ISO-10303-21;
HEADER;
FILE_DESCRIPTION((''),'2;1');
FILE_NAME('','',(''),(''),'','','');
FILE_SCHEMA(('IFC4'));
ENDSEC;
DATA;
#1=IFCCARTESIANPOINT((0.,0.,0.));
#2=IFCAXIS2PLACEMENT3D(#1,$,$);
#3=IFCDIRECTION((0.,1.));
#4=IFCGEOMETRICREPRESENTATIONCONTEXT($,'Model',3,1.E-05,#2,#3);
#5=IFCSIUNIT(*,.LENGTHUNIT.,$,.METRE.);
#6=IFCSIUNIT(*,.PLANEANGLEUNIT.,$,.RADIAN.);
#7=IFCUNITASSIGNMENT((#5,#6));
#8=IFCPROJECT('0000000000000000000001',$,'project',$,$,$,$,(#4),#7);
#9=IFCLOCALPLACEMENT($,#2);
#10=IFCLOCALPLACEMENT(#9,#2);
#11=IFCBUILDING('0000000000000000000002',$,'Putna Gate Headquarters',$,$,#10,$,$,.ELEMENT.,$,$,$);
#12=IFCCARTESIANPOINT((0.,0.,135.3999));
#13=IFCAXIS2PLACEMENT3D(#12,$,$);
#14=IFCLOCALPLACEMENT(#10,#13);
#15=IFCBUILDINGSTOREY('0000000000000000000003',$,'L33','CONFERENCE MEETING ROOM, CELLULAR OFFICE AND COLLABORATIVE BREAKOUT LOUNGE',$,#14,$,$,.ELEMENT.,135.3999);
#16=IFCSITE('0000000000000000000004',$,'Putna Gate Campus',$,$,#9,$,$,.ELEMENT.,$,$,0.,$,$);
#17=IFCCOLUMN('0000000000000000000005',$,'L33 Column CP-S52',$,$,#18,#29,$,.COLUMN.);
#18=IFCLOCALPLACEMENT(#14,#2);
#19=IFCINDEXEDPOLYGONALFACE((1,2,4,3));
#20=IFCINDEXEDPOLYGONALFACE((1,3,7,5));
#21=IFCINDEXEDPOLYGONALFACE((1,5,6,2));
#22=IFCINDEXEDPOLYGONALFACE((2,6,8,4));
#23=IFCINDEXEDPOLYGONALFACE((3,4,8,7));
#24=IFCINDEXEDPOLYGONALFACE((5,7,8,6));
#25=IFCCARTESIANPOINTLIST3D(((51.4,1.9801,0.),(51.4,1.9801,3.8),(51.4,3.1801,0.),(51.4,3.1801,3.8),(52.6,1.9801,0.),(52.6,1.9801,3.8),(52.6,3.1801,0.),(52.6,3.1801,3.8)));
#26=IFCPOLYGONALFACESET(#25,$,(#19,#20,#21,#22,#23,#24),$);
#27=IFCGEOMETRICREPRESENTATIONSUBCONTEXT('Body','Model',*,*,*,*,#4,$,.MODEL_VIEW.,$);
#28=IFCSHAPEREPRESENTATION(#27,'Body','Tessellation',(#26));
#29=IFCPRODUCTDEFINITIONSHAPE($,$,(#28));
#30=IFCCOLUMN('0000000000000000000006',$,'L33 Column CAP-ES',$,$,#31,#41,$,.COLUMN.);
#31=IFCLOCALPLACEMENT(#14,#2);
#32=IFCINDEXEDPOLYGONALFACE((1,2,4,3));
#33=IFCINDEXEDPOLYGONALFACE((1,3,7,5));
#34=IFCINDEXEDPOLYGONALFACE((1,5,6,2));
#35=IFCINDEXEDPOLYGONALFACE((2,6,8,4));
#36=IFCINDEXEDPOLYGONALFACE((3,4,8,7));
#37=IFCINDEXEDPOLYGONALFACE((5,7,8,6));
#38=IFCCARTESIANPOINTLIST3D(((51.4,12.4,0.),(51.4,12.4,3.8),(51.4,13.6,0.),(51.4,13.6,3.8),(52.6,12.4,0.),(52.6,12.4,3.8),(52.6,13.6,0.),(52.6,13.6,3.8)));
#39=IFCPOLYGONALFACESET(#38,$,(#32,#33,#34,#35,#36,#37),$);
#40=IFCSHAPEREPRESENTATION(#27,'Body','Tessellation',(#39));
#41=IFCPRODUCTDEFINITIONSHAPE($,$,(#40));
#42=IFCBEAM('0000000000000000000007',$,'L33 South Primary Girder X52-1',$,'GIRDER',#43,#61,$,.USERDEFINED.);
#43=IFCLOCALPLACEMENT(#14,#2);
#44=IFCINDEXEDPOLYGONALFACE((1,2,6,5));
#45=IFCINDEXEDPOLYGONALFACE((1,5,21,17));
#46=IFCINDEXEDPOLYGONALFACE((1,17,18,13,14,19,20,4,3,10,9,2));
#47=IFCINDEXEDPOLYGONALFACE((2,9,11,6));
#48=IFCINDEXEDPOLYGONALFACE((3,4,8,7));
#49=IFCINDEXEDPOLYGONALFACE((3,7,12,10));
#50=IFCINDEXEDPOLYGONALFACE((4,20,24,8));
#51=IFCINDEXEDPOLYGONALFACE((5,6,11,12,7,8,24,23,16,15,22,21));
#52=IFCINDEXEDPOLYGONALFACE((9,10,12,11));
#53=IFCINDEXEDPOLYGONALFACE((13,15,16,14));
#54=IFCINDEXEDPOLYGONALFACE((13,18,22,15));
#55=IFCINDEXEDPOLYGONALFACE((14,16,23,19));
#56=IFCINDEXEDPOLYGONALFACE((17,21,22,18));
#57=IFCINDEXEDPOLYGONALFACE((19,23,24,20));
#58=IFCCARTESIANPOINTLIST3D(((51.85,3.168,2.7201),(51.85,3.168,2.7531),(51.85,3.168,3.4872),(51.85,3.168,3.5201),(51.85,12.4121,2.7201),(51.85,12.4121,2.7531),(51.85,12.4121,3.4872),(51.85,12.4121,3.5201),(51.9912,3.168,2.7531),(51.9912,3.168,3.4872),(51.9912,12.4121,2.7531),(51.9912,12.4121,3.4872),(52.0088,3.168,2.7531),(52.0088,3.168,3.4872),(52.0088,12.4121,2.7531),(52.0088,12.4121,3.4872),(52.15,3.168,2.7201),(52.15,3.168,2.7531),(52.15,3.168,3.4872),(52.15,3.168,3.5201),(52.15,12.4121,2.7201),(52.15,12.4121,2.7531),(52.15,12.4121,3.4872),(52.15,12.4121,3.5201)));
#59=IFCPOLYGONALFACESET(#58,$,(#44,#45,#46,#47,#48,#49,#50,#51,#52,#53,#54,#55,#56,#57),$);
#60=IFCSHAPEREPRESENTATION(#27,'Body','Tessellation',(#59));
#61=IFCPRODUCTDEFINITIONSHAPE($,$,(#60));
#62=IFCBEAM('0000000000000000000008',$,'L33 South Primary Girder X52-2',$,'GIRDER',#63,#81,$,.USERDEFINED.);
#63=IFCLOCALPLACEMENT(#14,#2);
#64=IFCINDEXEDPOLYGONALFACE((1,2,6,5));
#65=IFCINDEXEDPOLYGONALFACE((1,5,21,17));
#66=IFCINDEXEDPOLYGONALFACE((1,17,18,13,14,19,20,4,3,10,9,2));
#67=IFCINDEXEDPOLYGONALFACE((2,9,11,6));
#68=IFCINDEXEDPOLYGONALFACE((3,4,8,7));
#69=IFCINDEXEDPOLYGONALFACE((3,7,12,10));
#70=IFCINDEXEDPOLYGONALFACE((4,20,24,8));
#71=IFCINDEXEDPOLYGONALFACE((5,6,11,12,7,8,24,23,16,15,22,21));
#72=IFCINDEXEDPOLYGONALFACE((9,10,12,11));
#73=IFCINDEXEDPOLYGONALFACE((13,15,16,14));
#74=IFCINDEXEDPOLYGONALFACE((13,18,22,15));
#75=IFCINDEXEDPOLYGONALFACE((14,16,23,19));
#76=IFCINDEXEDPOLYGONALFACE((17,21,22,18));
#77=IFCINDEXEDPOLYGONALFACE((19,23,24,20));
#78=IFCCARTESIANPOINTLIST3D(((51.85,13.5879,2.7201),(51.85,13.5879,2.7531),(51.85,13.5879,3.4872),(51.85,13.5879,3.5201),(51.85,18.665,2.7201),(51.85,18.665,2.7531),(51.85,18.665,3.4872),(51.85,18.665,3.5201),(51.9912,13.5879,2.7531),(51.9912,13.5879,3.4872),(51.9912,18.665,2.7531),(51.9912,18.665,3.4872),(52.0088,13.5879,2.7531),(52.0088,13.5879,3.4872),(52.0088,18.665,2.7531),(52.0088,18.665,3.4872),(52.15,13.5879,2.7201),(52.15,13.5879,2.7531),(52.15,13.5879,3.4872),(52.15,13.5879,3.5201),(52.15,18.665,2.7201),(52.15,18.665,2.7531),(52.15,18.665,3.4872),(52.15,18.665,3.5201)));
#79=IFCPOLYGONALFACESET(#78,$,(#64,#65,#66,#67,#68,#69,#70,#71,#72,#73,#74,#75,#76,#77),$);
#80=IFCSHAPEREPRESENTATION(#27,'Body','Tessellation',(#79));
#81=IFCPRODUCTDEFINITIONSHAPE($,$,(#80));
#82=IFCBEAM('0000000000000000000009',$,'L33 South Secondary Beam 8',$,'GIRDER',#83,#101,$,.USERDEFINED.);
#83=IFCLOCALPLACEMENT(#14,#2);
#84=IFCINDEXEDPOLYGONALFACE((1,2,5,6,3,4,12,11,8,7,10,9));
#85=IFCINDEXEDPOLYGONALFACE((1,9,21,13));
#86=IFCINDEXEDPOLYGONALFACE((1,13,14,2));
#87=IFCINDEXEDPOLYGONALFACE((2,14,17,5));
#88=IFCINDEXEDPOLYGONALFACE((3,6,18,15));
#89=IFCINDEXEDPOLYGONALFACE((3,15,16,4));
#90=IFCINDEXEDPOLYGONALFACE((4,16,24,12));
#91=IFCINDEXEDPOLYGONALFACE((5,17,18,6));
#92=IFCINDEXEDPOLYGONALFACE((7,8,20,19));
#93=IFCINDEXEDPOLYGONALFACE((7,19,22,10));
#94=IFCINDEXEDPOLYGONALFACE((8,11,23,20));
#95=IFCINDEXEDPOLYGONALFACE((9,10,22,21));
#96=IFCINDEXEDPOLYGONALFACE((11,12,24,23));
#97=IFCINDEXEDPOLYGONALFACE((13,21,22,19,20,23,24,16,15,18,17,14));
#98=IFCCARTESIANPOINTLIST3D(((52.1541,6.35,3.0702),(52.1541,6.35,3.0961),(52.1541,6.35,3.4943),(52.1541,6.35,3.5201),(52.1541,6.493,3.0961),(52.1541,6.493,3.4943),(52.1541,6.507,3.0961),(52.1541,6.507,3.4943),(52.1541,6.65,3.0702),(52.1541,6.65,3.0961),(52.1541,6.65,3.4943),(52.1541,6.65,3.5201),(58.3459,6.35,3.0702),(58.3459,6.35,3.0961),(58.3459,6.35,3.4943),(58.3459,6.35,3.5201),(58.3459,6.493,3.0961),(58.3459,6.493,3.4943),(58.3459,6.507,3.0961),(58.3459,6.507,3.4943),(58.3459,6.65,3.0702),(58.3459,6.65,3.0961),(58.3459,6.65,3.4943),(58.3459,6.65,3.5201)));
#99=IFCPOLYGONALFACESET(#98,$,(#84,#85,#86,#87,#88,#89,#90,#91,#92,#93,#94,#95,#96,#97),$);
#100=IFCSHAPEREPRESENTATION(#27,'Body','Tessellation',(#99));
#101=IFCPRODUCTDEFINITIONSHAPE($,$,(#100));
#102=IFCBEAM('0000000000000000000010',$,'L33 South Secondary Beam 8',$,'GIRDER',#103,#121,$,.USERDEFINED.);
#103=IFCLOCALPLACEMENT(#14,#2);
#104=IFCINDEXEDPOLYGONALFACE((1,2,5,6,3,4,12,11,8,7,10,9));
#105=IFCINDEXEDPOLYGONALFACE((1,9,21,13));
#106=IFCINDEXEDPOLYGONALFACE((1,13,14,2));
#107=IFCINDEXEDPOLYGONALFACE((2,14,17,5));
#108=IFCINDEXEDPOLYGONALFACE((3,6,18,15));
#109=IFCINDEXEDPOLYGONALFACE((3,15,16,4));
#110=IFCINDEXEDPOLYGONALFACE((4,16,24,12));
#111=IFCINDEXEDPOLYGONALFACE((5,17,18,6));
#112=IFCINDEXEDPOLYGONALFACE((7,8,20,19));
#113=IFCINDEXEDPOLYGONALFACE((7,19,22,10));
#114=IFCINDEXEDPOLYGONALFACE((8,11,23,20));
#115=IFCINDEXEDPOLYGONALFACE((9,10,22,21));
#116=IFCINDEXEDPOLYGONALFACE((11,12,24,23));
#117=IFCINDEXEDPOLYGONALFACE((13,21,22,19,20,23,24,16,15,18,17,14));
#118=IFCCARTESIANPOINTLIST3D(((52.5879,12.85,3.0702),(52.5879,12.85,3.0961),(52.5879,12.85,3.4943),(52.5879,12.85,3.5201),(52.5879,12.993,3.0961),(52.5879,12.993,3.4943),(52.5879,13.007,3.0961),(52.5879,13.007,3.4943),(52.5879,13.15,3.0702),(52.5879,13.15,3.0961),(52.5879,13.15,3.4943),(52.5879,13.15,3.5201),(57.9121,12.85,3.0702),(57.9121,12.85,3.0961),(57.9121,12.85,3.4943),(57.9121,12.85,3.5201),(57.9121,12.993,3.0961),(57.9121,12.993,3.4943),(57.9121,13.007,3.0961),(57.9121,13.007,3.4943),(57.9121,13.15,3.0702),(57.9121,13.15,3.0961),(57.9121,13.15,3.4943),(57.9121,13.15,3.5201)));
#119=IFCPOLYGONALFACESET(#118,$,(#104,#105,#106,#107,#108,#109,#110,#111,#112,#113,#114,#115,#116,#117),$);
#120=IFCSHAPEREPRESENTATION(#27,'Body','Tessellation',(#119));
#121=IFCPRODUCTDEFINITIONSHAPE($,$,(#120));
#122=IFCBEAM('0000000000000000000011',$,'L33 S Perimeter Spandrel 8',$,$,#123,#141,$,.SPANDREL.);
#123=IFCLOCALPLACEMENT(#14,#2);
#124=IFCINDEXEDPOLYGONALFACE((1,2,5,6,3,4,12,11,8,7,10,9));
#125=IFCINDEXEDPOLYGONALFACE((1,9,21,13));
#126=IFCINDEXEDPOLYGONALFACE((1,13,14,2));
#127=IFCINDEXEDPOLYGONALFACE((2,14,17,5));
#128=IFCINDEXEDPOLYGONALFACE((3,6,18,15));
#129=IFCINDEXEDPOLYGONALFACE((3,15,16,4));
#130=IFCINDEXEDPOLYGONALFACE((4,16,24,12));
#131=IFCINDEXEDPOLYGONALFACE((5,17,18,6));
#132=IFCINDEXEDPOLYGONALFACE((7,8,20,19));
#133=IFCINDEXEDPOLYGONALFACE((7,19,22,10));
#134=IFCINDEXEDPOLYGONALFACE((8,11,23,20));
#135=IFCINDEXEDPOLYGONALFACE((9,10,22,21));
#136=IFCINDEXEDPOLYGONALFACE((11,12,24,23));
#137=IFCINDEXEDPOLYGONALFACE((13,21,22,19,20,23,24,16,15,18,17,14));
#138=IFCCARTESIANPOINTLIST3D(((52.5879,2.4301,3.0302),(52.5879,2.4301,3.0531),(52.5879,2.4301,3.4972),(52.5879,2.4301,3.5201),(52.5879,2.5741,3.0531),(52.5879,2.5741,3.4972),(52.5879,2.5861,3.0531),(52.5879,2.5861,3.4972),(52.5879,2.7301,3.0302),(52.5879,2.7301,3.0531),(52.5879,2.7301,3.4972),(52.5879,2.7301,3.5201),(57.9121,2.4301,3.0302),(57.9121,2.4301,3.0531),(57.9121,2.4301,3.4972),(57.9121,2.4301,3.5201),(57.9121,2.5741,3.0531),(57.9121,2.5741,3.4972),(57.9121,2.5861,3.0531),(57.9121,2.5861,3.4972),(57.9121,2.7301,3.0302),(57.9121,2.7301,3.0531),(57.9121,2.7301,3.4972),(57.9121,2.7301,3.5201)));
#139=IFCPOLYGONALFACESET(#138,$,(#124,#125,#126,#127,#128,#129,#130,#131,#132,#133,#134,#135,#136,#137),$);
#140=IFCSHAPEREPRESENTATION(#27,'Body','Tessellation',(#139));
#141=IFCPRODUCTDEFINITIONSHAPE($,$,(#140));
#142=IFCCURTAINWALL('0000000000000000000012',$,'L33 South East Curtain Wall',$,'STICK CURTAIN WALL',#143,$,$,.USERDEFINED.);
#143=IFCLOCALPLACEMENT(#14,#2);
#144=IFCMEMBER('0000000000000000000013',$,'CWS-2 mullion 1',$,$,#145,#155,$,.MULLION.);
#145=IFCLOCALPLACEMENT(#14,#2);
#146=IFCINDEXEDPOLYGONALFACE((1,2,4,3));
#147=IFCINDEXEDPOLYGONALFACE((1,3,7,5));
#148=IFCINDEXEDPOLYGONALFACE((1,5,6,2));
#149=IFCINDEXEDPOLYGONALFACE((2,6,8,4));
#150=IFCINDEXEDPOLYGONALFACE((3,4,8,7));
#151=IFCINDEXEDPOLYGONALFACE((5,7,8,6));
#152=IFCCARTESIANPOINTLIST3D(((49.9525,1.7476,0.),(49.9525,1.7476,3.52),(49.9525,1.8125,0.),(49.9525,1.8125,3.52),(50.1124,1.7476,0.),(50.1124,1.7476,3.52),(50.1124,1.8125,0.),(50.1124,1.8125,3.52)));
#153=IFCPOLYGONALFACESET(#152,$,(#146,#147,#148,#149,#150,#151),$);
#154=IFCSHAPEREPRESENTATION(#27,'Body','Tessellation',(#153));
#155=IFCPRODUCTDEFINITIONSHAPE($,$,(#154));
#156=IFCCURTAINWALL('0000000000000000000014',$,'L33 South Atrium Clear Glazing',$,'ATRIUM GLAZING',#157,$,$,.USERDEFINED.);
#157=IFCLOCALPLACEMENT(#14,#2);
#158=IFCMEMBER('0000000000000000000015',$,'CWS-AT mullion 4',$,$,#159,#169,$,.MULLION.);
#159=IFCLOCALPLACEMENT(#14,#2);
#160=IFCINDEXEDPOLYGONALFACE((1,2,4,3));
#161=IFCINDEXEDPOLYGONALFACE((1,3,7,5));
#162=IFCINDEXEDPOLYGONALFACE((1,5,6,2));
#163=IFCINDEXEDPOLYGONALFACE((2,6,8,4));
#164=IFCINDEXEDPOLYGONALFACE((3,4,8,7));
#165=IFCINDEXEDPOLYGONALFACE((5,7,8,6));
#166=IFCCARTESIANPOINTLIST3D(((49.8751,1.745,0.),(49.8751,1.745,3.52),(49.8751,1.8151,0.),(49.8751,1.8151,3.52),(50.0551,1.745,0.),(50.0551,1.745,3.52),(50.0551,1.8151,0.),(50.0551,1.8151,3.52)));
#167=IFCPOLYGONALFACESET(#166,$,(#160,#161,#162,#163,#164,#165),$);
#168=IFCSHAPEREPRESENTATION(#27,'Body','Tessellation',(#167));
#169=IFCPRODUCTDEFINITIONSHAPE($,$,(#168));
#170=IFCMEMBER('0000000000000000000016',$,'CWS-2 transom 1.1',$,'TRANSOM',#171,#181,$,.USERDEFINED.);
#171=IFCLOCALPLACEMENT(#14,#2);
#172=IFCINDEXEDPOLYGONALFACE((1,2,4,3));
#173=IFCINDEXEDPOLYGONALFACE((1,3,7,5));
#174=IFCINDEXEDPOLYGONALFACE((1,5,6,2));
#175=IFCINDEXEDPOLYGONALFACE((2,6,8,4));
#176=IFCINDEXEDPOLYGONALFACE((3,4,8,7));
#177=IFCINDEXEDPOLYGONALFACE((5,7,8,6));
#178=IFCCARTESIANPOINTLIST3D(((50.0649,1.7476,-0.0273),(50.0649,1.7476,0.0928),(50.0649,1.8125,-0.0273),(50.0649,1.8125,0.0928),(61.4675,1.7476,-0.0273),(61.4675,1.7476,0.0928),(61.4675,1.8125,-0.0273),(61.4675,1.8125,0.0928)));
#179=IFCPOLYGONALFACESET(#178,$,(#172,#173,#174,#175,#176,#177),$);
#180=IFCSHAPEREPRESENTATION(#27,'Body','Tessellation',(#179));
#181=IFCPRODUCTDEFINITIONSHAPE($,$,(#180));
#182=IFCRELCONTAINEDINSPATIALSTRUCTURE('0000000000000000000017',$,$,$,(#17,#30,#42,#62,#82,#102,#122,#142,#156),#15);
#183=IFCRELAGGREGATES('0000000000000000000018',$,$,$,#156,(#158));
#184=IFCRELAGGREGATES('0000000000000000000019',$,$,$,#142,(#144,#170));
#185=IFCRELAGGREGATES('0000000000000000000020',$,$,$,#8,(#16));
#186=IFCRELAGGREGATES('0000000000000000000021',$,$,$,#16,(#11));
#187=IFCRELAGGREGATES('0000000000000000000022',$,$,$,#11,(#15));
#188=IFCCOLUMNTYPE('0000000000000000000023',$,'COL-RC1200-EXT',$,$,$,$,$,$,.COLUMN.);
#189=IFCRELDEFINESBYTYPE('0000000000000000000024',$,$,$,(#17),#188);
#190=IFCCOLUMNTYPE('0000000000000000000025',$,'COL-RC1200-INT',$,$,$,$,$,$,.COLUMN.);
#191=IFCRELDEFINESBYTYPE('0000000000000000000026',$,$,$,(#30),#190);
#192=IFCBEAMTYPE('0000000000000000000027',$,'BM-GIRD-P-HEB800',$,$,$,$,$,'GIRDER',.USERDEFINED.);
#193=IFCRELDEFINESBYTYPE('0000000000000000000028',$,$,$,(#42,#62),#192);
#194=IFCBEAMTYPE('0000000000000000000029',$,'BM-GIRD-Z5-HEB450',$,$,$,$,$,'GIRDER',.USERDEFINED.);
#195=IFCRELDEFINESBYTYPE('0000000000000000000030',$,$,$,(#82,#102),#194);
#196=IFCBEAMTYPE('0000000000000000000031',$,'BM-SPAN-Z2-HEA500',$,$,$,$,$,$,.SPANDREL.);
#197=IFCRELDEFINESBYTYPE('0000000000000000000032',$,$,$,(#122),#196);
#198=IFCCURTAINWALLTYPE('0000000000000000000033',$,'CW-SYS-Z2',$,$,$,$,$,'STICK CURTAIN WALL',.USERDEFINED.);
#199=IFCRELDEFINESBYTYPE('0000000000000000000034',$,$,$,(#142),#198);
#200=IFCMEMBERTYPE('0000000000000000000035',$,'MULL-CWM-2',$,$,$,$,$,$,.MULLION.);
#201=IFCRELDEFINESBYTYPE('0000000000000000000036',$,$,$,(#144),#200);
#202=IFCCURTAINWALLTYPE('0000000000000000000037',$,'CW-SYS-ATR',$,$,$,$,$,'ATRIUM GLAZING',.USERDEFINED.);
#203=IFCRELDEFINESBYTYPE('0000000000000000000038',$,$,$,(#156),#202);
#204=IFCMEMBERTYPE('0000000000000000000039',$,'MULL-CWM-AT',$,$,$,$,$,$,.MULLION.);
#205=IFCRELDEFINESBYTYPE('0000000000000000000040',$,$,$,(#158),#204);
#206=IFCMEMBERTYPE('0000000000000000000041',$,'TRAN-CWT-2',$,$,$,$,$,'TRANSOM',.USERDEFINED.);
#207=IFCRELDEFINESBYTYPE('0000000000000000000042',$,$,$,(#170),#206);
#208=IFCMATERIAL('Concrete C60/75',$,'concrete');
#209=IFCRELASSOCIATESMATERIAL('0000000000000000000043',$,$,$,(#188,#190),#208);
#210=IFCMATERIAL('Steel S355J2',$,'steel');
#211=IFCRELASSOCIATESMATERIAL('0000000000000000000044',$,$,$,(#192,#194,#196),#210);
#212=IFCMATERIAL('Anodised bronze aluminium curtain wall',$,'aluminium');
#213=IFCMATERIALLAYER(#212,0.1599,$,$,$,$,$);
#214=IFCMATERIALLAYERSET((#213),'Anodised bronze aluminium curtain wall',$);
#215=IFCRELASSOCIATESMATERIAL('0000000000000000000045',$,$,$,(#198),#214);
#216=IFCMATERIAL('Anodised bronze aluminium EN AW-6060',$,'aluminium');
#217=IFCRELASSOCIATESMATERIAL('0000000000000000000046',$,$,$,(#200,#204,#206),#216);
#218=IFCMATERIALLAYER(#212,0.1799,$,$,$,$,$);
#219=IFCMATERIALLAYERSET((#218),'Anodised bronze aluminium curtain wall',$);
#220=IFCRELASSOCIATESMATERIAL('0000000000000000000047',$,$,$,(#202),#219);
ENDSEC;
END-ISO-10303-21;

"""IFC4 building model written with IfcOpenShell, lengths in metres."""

from ifc_helpers import new_model, si_unit, direction, frame, origin, origin_2d, place, context, subcontext, project, spatial, rectangle, i_section, extrude, material, layer, layer_set, material_profile, profile_set, type_object, element, aggregate, save


model = new_model("IFC4")

# Units and contexts
model_context = context("Model", 3, precision=1e-05, world=origin(), true_north=direction((0.0, 1.0)))
body_context = subcontext(model_context, "Body", "Model", "MODEL_VIEW")
ifc_project = project(units=[si_unit("LENGTHUNIT", "METRE"), si_unit("PLANEANGLEUNIT", "RADIAN")], contexts=[model_context])

# Site, building, storey
site_placement = place(None, origin())
site = spatial("IfcSite", under=ifc_project, at=site_placement, Name="Putna Gate Campus", CompositionType="ELEMENT", RefElevation=0.0)
building_placement = place(site_placement, origin())
building = spatial("IfcBuilding", under=site, at=building_placement, Name="Putna Gate Headquarters", CompositionType="ELEMENT")
storey_placement = place(building_placement, frame((0.0, 0.0, 135.3999)))
storey = spatial("IfcBuildingStorey", under=building, at=storey_placement, Name="L33", Description="CONFERENCE MEETING ROOM, CELLULAR OFFICE AND COLLABORATIVE BREAKOUT LOUNGE", CompositionType="ELEMENT", Elevation=135.3999)

# Columns
ifc_material_1 = material(Name="Concrete C60/75", Category="concrete")
ifc_material_profile_1 = material_profile(ifc_material_1, rectangle(XDim=1.2, YDim=1.2, at=origin_2d()), Name="Concrete C60/75")
ifc_profile_set_1 = profile_set([ifc_material_profile_1], Name="Concrete C60/75")
column_type_1 = type_object("IfcColumnType", Name="COL-RC1200-EXT", PredefinedType="COLUMN", material=ifc_profile_set_1)
column_1_placement = place(storey_placement, frame((52.0, 2.5801, 0.0), z_axis=(0.0, 0.0, 1.0), x_axis=(1.0, 0.0, 0.0)))
element("IfcColumn", 1, at=column_1_placement, inside=storey, type_object=column_type_1, Name="L33 Column CP-S52", PredefinedType="COLUMN", context=body_context, shape_type="SweptSolid", body=[
    extrude(rectangle(XDim=1.2, YDim=1.2, at=origin_2d()), origin(), (0.0, 0.0, 1.0), 3.8),
])
ifc_material_profile_2 = material_profile(ifc_material_1, rectangle(XDim=1.2, YDim=1.2, at=origin_2d()), Name="Concrete C60/75")
ifc_profile_set_2 = profile_set([ifc_material_profile_2], Name="Concrete C60/75")
column_type_2 = type_object("IfcColumnType", Name="COL-RC1200-INT", PredefinedType="COLUMN", material=ifc_profile_set_2)
column_2_placement = place(storey_placement, frame((52.0, 13.0, 0.0), z_axis=(0.0, 0.0, 1.0), x_axis=(1.0, 0.0, 0.0)))
element("IfcColumn", 2, at=column_2_placement, inside=storey, type_object=column_type_2, Name="L33 Column CAP-ES", PredefinedType="COLUMN", context=body_context, shape_type="SweptSolid", body=[
    extrude(rectangle(XDim=1.2, YDim=1.2, at=origin_2d()), origin(), (0.0, 0.0, 1.0), 3.8),
])

# Beams
ifc_material_2 = material(Name="Steel S355J2", Category="steel")
ifc_material_profile_3 = material_profile(ifc_material_2, i_section(OverallWidth=0.3, OverallDepth=0.8, WebThickness=0.0176, FlangeThickness=0.033, at=origin_2d()), Name="Steel S355J2")
ifc_profile_set_3 = profile_set([ifc_material_profile_3], Name="Steel S355J2")
beam_type_1 = type_object("IfcBeamType", Name="BM-GIRD-P-HEB800", ElementType="GIRDER", PredefinedType="USERDEFINED", material=ifc_profile_set_3)
beam_1_placement = place(storey_placement, frame((52.0, 3.168, 3.1201), z_axis=(0.0, 1.0, 0.0), x_axis=(-1.0, 0.0, 0.0)))
element("IfcBeam", 3, at=beam_1_placement, inside=storey, type_object=beam_type_1, Name="L33 South Primary Girder X52-1", ObjectType="GIRDER", PredefinedType="USERDEFINED", context=body_context, shape_type="SweptSolid", body=[
    extrude(i_section(OverallWidth=0.3, OverallDepth=0.8, WebThickness=0.0176, FlangeThickness=0.033, at=origin_2d()), origin(), (0.0, 0.0, 1.0), 9.2441),
])
beam_2_placement = place(storey_placement, frame((52.0, 13.5879, 3.1201), z_axis=(0.0, 1.0, 0.0), x_axis=(-1.0, 0.0, 0.0)))
element("IfcBeam", 4, at=beam_2_placement, inside=storey, type_object=beam_type_1, Name="L33 South Primary Girder X52-2", ObjectType="GIRDER", PredefinedType="USERDEFINED", context=body_context, shape_type="SweptSolid", body=[
    extrude(i_section(OverallWidth=0.3, OverallDepth=0.8, WebThickness=0.0176, FlangeThickness=0.033, at=origin_2d()), origin(), (0.0, 0.0, 1.0), 5.0771),
])
ifc_material_profile_4 = material_profile(ifc_material_2, i_section(OverallWidth=0.3, OverallDepth=0.45, WebThickness=0.0139, FlangeThickness=0.0259, at=origin_2d()), Name="Steel S355J2")
ifc_profile_set_4 = profile_set([ifc_material_profile_4], Name="Steel S355J2")
beam_type_2 = type_object("IfcBeamType", Name="BM-GIRD-Z5-HEB450", ElementType="GIRDER", PredefinedType="USERDEFINED", material=ifc_profile_set_4)
beam_3_placement = place(storey_placement, frame((52.1541, 6.5, 3.2952), z_axis=(1.0, 0.0, 0.0), x_axis=(0.0, 1.0, 0.0)))
element("IfcBeam", 5, at=beam_3_placement, inside=storey, type_object=beam_type_2, Name="L33 South Secondary Beam 8", ObjectType="GIRDER", PredefinedType="USERDEFINED", context=body_context, shape_type="SweptSolid", body=[
    extrude(i_section(OverallWidth=0.3, OverallDepth=0.45, WebThickness=0.0139, FlangeThickness=0.0259, at=origin_2d()), origin(), (0.0, 0.0, 1.0), 6.1919),
])
beam_4_placement = place(storey_placement, frame((52.5879, 13.0, 3.2952), z_axis=(1.0, 0.0, 0.0), x_axis=(0.0, 1.0, 0.0)))
element("IfcBeam", 6, at=beam_4_placement, inside=storey, type_object=beam_type_2, Name="L33 South Secondary Beam 8", ObjectType="GIRDER", PredefinedType="USERDEFINED", context=body_context, shape_type="SweptSolid", body=[
    extrude(i_section(OverallWidth=0.3, OverallDepth=0.45, WebThickness=0.0139, FlangeThickness=0.0259, at=origin_2d()), origin(), (0.0, 0.0, 1.0), 5.3242),
])
ifc_material_profile_5 = material_profile(ifc_material_2, i_section(OverallWidth=0.3, OverallDepth=0.49, WebThickness=0.012, FlangeThickness=0.0229, at=origin_2d()), Name="Steel S355J2")
ifc_profile_set_5 = profile_set([ifc_material_profile_5], Name="Steel S355J2")
beam_type_3 = type_object("IfcBeamType", Name="BM-SPAN-Z2-HEA500", PredefinedType="SPANDREL", material=ifc_profile_set_5)
beam_5_placement = place(storey_placement, frame((52.5879, 2.5801, 3.2751), z_axis=(1.0, 0.0, 0.0), x_axis=(0.0, 1.0, 0.0)))
element("IfcBeam", 7, at=beam_5_placement, inside=storey, type_object=beam_type_3, Name="L33 S Perimeter Spandrel 8", PredefinedType="SPANDREL", context=body_context, shape_type="SweptSolid", body=[
    extrude(i_section(OverallWidth=0.3, OverallDepth=0.49, WebThickness=0.012, FlangeThickness=0.0229, at=origin_2d()), origin(), (0.0, 0.0, 1.0), 5.3242),
])

# Curtain walls, members
ifc_material_3 = material(Name="Anodised bronze aluminium curtain wall", Category="aluminium")
ifc_layer_1 = layer(ifc_material_3, 0.1599)
ifc_layer_set_1 = layer_set([ifc_layer_1], Name="Anodised bronze aluminium curtain wall")
curtain_wall_type_1 = type_object("IfcCurtainWallType", Name="CW-SYS-Z2", ElementType="STICK CURTAIN WALL", PredefinedType="USERDEFINED", material=ifc_layer_set_1)
curtain_wall_1_placement = place(storey_placement, origin())
curtain_wall_1 = element("IfcCurtainWall", 8, at=curtain_wall_1_placement, inside=storey, type_object=curtain_wall_type_1, Name="L33 South East Curtain Wall", ObjectType="STICK CURTAIN WALL", PredefinedType="USERDEFINED")
ifc_material_4 = material(Name="Anodised bronze aluminium EN AW-6060", Category="aluminium")
ifc_material_profile_6 = material_profile(ifc_material_4, rectangle(XDim=0.0649, YDim=0.1599, at=origin_2d()), Name="Anodised bronze aluminium EN AW-6060")
ifc_profile_set_6 = profile_set([ifc_material_profile_6], Name="Anodised bronze aluminium EN AW-6060")
member_type_1 = type_object("IfcMemberType", Name="MULL-CWM-2", PredefinedType="MULLION", material=ifc_profile_set_6)
member_1_placement = place(storey_placement, frame((50.0325, 1.78, 0.0), z_axis=(0.0, 0.0, 1.0), x_axis=(0.0, 1.0, 0.0)))
member_1 = element("IfcMember", 9, at=member_1_placement, type_object=member_type_1, Name="CWS-2 mullion 1", PredefinedType="MULLION", context=body_context, shape_type="SweptSolid", body=[
    extrude(rectangle(XDim=0.0649, YDim=0.1599, at=origin_2d()), origin(), (0.0, 0.0, 1.0), 3.52),
])
ifc_layer_2 = layer(ifc_material_3, 0.1799)
ifc_layer_set_2 = layer_set([ifc_layer_2], Name="Anodised bronze aluminium curtain wall")
curtain_wall_type_2 = type_object("IfcCurtainWallType", Name="CW-SYS-ATR", ElementType="ATRIUM GLAZING", PredefinedType="USERDEFINED", material=ifc_layer_set_2)
curtain_wall_2_placement = place(storey_placement, origin())
curtain_wall_2 = element("IfcCurtainWall", 10, at=curtain_wall_2_placement, inside=storey, type_object=curtain_wall_type_2, Name="L33 South Atrium Clear Glazing", ObjectType="ATRIUM GLAZING", PredefinedType="USERDEFINED")
ifc_material_profile_7 = material_profile(ifc_material_4, rectangle(XDim=0.0701, YDim=0.1799, at=origin_2d()), Name="Anodised bronze aluminium EN AW-6060")
ifc_profile_set_7 = profile_set([ifc_material_profile_7], Name="Anodised bronze aluminium EN AW-6060")
member_type_2 = type_object("IfcMemberType", Name="MULL-CWM-AT", PredefinedType="MULLION", material=ifc_profile_set_7)
member_2_placement = place(storey_placement, frame((49.9651, 1.78, 0.0), z_axis=(0.0, 0.0, 1.0), x_axis=(0.0, 1.0, 0.0)))
member_2 = element("IfcMember", 11, at=member_2_placement, type_object=member_type_2, Name="CWS-AT mullion 4", PredefinedType="MULLION", context=body_context, shape_type="SweptSolid", body=[
    extrude(rectangle(XDim=0.0701, YDim=0.1799, at=origin_2d()), origin(), (0.0, 0.0, 1.0), 3.52),
])
aggregate(curtain_wall_2, [member_2])

# Member
ifc_material_profile_8 = material_profile(ifc_material_4, rectangle(XDim=0.0649, YDim=0.1201, at=origin_2d()), Name="Anodised bronze aluminium EN AW-6060")
ifc_profile_set_8 = profile_set([ifc_material_profile_8], Name="Anodised bronze aluminium EN AW-6060")
member_type_3 = type_object("IfcMemberType", Name="TRAN-CWT-2", ElementType="TRANSOM", PredefinedType="USERDEFINED", material=ifc_profile_set_8)
member_3_placement = place(storey_placement, frame((50.0649, 1.78, 0.0327), z_axis=(1.0, 0.0, 0.0), x_axis=(0.0, 1.0, 0.0)))
member_3 = element("IfcMember", 12, at=member_3_placement, type_object=member_type_3, Name="CWS-2 transom 1.1", ObjectType="TRANSOM", PredefinedType="USERDEFINED", context=body_context, shape_type="SweptSolid", body=[
    extrude(rectangle(XDim=0.0649, YDim=0.1201, at=origin_2d()), origin(), (0.0, 0.0, 1.0), 11.4026),
])

aggregate(curtain_wall_1, [member_1, member_3])

save(model, "model.ifc")
